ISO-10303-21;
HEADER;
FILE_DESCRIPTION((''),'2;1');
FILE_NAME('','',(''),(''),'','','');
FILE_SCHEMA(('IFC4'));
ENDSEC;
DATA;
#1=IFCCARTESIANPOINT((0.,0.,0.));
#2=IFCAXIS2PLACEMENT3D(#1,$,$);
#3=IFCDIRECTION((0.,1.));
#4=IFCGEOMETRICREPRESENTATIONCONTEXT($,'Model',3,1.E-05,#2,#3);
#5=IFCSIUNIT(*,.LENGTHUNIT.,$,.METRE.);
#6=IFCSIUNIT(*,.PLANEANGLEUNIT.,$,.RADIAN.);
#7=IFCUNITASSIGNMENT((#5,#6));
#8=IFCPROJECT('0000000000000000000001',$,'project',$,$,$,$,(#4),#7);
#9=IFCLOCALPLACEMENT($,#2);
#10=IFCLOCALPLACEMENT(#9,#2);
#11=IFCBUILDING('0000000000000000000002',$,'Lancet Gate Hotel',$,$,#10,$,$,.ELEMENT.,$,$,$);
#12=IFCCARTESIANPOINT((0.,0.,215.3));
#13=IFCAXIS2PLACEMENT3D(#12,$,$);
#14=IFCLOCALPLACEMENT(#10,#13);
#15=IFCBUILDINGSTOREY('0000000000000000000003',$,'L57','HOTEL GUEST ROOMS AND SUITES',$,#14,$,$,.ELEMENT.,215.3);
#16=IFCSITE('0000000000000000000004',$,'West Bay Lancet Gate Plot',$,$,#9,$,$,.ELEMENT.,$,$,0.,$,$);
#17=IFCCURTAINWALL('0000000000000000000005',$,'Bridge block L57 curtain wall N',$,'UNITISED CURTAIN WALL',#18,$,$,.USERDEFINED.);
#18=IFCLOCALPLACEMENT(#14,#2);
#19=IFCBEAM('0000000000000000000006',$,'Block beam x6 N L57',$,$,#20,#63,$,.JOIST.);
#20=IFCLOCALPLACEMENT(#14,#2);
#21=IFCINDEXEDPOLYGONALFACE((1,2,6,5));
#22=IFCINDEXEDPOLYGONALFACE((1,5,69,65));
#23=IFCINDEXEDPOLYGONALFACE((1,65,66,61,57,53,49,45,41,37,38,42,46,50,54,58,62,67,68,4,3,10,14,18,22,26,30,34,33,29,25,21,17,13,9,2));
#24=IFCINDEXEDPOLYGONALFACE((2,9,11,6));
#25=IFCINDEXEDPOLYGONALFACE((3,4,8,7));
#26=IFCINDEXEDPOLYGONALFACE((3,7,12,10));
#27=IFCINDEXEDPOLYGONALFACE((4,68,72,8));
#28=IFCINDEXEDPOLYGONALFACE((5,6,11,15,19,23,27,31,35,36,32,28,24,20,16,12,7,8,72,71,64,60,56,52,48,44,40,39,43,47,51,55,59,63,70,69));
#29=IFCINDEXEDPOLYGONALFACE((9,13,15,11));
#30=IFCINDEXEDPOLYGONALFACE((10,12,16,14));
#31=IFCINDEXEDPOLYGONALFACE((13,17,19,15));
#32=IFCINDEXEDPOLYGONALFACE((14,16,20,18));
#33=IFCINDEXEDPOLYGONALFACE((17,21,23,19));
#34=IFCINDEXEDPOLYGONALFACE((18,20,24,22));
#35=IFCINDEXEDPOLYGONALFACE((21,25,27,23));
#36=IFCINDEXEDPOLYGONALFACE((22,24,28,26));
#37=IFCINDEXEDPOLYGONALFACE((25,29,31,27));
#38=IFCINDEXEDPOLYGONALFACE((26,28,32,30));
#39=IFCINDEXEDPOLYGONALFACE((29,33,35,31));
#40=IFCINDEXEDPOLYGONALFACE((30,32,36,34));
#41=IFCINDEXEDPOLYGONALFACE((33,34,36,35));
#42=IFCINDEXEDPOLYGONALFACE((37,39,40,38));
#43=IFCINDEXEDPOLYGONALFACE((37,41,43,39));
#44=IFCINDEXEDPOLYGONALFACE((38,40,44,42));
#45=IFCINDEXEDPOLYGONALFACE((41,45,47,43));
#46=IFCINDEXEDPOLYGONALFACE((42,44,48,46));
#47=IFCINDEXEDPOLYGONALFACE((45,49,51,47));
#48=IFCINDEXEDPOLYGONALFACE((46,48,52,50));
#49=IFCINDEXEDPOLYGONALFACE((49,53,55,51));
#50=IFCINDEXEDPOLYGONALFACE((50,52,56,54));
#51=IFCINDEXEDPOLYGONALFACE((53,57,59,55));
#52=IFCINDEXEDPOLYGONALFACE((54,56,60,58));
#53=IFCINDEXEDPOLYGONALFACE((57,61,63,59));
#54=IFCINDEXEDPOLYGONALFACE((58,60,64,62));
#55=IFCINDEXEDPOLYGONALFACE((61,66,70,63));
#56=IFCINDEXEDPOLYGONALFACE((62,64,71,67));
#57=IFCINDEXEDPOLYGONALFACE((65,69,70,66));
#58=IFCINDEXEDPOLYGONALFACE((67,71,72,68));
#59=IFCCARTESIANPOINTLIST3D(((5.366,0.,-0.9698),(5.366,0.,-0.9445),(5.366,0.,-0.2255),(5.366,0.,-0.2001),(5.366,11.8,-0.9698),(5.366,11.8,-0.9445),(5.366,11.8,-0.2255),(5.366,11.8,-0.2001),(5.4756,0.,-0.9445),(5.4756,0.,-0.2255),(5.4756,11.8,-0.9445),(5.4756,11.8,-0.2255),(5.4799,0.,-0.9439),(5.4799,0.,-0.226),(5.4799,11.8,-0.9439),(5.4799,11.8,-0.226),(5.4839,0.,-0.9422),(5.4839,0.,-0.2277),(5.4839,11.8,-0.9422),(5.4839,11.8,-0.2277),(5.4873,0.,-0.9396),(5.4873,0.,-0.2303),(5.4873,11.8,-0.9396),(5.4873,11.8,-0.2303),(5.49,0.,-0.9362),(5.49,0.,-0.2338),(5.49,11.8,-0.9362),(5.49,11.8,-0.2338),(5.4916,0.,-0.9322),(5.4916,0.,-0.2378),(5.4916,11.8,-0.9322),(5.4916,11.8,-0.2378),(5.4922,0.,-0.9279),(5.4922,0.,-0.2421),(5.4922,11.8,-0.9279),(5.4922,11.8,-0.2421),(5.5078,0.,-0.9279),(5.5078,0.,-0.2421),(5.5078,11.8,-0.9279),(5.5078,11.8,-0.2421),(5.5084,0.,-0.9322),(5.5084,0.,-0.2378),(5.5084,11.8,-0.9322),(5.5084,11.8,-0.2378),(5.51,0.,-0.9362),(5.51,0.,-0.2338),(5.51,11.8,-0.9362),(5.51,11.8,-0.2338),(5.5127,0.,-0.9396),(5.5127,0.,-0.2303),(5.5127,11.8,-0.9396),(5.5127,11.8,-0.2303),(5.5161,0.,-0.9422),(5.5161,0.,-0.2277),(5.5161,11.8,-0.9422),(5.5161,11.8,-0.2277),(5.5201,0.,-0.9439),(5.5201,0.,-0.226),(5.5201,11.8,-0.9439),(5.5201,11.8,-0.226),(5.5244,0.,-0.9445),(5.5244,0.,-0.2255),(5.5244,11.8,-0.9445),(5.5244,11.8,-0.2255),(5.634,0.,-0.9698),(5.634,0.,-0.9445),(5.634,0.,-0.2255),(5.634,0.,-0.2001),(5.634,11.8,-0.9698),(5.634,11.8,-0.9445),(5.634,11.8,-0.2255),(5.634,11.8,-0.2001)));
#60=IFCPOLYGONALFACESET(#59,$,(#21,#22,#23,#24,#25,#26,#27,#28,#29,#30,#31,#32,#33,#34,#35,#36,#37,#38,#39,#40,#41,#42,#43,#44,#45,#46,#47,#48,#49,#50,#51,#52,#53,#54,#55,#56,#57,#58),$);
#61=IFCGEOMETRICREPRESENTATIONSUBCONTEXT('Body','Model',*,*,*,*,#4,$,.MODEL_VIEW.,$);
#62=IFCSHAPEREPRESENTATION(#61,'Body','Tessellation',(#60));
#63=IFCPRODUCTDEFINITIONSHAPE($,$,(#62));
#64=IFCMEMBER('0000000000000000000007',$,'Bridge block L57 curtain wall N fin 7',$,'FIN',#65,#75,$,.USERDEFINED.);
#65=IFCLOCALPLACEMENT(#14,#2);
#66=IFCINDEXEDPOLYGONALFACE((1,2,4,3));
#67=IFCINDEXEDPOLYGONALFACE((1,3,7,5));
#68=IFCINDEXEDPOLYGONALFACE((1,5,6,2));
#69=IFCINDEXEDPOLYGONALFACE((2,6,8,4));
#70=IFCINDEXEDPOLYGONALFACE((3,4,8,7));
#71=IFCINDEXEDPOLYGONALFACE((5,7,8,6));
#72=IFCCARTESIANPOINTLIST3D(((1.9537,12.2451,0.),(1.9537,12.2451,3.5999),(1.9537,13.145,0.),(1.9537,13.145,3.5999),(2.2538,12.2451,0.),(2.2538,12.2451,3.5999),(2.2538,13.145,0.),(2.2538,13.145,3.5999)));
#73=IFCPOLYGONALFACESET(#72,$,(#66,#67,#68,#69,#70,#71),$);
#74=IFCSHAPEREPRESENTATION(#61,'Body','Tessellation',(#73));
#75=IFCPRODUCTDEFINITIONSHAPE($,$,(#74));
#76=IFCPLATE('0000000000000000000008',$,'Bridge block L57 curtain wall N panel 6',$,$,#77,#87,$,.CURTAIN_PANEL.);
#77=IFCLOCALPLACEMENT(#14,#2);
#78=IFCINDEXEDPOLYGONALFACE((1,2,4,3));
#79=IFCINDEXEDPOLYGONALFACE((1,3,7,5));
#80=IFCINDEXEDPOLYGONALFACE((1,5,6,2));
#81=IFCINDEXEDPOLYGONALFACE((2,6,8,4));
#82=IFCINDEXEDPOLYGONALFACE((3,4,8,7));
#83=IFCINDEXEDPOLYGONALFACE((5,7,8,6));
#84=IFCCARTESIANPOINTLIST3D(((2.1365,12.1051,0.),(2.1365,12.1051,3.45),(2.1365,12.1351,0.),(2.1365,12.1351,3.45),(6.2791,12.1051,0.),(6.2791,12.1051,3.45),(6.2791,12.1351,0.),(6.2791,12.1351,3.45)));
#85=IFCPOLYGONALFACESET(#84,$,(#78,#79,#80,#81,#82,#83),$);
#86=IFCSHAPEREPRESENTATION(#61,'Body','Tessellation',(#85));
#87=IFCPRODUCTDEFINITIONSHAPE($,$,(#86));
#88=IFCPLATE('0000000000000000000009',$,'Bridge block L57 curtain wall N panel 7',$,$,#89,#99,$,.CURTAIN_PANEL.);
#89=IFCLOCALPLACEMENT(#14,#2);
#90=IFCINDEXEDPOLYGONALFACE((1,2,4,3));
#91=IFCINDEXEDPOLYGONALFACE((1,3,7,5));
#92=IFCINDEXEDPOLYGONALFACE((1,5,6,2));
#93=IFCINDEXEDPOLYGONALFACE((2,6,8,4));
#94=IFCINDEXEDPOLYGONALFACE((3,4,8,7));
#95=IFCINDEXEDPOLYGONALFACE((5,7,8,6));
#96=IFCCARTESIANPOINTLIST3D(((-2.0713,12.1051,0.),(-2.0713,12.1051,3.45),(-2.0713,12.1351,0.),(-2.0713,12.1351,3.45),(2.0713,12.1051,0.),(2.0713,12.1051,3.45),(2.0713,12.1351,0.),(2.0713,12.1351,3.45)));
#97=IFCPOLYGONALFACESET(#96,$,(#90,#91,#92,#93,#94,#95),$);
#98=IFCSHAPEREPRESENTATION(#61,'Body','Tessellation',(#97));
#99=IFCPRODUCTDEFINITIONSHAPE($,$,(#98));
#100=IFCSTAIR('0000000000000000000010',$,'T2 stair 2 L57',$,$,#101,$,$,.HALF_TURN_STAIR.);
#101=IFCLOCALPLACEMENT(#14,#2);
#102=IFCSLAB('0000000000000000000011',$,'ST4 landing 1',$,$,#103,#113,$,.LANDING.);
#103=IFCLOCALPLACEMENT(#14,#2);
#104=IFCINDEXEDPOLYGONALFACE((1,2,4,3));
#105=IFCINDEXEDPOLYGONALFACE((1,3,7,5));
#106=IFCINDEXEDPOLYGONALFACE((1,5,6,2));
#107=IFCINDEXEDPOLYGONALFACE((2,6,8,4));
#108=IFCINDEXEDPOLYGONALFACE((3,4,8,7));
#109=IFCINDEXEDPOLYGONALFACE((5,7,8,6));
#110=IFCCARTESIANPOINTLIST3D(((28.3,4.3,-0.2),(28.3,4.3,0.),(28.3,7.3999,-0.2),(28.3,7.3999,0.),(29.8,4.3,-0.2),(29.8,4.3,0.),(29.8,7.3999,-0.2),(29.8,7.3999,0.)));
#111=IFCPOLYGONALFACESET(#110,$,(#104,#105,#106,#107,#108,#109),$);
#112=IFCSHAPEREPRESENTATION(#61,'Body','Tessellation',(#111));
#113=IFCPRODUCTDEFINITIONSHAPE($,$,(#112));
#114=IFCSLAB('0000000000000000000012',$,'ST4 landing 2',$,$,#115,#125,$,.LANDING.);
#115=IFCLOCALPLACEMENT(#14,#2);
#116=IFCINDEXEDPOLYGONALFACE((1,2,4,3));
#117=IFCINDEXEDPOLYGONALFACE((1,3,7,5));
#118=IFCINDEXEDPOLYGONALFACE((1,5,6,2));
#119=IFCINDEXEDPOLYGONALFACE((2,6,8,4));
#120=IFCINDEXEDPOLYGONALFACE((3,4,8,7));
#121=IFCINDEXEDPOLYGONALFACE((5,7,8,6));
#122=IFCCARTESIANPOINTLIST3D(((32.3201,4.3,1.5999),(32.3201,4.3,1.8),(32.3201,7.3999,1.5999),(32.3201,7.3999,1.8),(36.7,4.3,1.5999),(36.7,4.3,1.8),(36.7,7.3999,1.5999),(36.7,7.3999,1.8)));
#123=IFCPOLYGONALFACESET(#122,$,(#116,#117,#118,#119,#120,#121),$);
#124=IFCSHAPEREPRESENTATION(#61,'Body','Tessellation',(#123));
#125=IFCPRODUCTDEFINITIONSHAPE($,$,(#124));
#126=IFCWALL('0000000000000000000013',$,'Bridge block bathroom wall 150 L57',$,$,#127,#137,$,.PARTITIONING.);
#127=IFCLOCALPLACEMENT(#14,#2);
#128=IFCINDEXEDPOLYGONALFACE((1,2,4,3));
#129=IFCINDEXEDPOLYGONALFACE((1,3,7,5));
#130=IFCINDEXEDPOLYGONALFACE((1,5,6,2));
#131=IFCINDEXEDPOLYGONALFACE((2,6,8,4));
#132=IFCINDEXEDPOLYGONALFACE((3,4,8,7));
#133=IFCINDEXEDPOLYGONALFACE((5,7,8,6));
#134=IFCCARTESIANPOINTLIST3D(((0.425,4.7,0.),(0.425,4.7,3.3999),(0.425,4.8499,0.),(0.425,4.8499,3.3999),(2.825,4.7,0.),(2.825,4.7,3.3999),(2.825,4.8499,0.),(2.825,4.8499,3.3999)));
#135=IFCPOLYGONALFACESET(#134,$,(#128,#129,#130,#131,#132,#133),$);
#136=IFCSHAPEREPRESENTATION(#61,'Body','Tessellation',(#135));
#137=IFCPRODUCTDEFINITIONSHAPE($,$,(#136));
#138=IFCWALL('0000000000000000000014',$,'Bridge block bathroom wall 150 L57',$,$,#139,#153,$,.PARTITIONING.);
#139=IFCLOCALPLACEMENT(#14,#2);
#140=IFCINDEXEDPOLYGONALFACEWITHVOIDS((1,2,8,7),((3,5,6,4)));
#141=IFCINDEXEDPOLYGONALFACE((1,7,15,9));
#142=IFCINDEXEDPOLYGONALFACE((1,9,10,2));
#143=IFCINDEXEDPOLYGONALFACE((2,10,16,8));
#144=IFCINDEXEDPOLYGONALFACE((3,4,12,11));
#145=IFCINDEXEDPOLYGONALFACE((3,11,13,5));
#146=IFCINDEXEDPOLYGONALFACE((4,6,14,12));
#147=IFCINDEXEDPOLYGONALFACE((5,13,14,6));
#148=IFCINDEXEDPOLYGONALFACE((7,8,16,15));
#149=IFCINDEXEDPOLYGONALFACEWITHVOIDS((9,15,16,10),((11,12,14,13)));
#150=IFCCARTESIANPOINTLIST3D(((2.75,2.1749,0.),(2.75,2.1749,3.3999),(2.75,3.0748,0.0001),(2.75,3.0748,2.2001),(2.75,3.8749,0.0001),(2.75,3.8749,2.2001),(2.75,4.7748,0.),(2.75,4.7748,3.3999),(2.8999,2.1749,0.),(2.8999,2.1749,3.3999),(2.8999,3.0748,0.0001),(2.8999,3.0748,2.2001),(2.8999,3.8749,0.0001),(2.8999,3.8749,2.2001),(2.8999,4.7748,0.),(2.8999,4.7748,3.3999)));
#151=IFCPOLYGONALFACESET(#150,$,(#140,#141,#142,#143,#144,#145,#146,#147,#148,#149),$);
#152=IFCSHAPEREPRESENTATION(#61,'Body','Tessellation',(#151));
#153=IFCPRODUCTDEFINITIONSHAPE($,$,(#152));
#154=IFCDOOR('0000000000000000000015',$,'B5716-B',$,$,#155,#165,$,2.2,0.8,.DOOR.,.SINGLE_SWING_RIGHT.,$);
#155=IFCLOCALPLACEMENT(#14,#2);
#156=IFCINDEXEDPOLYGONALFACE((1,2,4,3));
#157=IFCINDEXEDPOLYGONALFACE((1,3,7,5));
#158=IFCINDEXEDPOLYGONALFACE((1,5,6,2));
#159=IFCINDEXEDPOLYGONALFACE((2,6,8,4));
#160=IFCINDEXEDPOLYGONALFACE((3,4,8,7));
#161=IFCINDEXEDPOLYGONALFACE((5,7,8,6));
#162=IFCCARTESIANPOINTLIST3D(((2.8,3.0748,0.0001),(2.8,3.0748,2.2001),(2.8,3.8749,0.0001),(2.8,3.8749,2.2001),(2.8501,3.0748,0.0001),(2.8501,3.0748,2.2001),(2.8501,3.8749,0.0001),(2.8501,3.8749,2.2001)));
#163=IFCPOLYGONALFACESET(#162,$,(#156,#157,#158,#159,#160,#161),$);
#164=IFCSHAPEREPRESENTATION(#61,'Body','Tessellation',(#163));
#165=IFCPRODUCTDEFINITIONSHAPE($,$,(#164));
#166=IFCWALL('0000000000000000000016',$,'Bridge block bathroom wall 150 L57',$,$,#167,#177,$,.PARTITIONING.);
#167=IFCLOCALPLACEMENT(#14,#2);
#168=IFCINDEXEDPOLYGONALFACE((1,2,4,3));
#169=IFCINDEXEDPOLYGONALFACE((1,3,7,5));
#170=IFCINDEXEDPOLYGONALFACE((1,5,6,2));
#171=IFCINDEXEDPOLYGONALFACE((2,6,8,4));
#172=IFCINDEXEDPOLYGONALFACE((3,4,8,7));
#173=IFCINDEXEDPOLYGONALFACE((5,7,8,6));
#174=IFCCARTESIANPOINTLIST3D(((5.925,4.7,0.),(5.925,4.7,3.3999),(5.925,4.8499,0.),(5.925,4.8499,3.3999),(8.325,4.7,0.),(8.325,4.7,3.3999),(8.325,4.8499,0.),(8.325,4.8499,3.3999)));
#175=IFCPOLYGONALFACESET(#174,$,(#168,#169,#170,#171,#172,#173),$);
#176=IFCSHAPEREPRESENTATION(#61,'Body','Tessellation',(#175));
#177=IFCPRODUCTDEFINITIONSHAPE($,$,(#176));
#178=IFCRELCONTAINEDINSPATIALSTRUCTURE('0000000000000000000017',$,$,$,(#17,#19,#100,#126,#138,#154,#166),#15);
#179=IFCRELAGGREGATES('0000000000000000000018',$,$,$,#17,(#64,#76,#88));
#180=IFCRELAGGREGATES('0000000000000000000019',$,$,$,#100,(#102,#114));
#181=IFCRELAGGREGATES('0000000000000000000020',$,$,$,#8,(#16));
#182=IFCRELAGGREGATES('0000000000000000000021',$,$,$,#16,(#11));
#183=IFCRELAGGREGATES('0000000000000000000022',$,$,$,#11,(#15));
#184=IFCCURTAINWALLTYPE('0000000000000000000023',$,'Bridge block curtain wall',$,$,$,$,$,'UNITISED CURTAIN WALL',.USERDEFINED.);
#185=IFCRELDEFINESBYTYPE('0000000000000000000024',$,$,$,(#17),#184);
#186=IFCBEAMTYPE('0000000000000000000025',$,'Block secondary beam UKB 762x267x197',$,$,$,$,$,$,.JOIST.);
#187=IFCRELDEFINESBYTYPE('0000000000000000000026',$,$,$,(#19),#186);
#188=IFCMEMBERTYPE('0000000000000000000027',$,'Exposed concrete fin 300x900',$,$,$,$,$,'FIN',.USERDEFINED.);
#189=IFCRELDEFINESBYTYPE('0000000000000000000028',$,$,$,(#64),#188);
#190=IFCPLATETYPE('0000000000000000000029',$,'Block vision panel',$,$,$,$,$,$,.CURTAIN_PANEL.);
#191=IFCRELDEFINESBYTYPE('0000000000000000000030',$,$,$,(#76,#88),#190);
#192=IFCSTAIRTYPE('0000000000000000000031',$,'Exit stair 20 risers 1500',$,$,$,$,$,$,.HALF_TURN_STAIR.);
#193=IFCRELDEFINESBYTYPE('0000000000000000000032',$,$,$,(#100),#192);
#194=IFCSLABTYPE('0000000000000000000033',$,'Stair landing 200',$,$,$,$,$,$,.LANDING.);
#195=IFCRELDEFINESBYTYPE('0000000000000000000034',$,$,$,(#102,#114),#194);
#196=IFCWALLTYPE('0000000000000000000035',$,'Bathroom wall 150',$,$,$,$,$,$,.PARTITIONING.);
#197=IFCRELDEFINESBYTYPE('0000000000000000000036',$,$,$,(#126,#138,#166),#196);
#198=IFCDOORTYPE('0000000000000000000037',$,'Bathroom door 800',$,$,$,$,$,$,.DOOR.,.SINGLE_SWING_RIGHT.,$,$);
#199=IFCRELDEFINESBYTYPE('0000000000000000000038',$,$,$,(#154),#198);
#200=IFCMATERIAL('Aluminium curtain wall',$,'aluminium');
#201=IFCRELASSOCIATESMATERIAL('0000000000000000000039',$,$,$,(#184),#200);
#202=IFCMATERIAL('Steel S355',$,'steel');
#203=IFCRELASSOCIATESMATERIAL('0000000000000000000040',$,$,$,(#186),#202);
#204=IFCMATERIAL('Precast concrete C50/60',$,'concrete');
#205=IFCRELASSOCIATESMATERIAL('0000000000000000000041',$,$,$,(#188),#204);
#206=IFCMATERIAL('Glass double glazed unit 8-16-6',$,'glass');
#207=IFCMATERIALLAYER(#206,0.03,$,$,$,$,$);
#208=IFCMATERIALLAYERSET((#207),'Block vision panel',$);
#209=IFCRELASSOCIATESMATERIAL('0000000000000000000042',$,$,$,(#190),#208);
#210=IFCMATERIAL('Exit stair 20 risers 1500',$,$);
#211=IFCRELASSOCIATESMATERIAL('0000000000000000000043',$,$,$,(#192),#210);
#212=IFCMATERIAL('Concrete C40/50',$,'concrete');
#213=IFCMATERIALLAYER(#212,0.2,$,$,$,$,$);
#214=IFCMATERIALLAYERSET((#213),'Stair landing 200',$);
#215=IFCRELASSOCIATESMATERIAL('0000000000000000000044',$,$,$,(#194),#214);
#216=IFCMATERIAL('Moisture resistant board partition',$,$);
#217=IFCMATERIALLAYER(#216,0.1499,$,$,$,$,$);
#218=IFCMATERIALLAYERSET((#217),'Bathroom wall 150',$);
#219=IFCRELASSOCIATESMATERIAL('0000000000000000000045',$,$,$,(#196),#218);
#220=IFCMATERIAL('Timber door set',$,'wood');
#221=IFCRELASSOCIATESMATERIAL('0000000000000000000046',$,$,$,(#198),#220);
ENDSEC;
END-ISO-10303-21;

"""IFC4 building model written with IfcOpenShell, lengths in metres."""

from ifc_helpers import new_model, si_unit, direction, frame, frame_2d, origin, origin_2d, place, context, subcontext, project, spatial, polyline, rectangle, i_section, outline, extrude, material, layer, layer_set, material_profile, profile_set, type_object, element, fill, aggregate, save


model = new_model("IFC4")

# Units and contexts
model_context = context("Model", 3, precision=1e-05, world=origin(), true_north=direction((0.0, 1.0)))
body_context = subcontext(model_context, "Body", "Model", "MODEL_VIEW")
ifc_project = project(units=[si_unit("LENGTHUNIT", "METRE"), si_unit("PLANEANGLEUNIT", "RADIAN")], contexts=[model_context])

# Site, building, storey
site_placement = place(None, origin())
site = spatial("IfcSite", under=ifc_project, at=site_placement, Name="West Bay Lancet Gate Plot", CompositionType="ELEMENT", RefElevation=0.0)
building_placement = place(site_placement, origin())
building = spatial("IfcBuilding", under=site, at=building_placement, Name="Lancet Gate Hotel", CompositionType="ELEMENT")
storey_placement = place(building_placement, frame((0.0, 0.0, 215.3)))
storey = spatial("IfcBuildingStorey", under=building, at=storey_placement, Name="L57", Description="HOTEL GUEST ROOMS AND SUITES", CompositionType="ELEMENT", Elevation=215.3)

# Curtain wall
ifc_material_1 = material(Name="Aluminium curtain wall", Category="aluminium")
curtain_wall_type = type_object("IfcCurtainWallType", Name="Bridge block curtain wall", ElementType="UNITISED CURTAIN WALL", PredefinedType="USERDEFINED", material=ifc_material_1)
curtain_wall_placement = place(storey_placement, origin())
curtain_wall = element("IfcCurtainWall", 1, at=curtain_wall_placement, inside=storey, type_object=curtain_wall_type, Name="Bridge block L57 curtain wall N", ObjectType="UNITISED CURTAIN WALL", PredefinedType="USERDEFINED")

# Beam
ifc_material_2 = material(Name="Steel S355", Category="steel")
ifc_material_profile_1 = material_profile(ifc_material_2, i_section(OverallWidth=0.2681, OverallDepth=0.7698, WebThickness=0.0156, FlangeThickness=0.0254, FilletRadius=0.0166, at=origin_2d()), Name="UKB 762x267x197")
ifc_profile_set_1 = profile_set([ifc_material_profile_1], Name="Steel S355")
beam_type_1 = type_object("IfcBeamType", Name="Block secondary beam UKB 762x267x197", PredefinedType="JOIST", material=ifc_profile_set_1)
beam_1_placement = place(storey_placement, frame((5.5, 0.0, -0.585), z_axis=(0.0, 1.0, 0.0), x_axis=(-1.0, 0.0, 0.0)))
element("IfcBeam", 2, at=beam_1_placement, inside=storey, type_object=beam_type_1, Name="Block beam x6 N L57", PredefinedType="JOIST", context=body_context, shape_type="SweptSolid", body=[
    extrude(i_section(OverallWidth=0.2681, OverallDepth=0.7698, WebThickness=0.0156, FlangeThickness=0.0254, FilletRadius=0.0166, at=origin_2d()), origin(), (0.0, 0.0, 1.0), 11.8),
])

# Member
ifc_material_3 = material(Name="Precast concrete C50/60", Category="concrete")
ifc_material_profile_2 = material_profile(ifc_material_3, rectangle(XDim=0.3, YDim=0.8999, at=origin_2d()), Name="FIN 300x900")
ifc_profile_set_2 = profile_set([ifc_material_profile_2], Name="Precast concrete C50/60")
member_type_1 = type_object("IfcMemberType", Name="Exposed concrete fin 300x900", ElementType="FIN", PredefinedType="USERDEFINED", material=ifc_profile_set_2)
member_1_placement = place(storey_placement, frame((2.1038, 12.6951, 0.0), z_axis=(0.0, 0.0, 1.0), x_axis=(-1.0, 0.0, 0.0)))
member_1 = element("IfcMember", 3, at=member_1_placement, type_object=member_type_1, Name="Bridge block L57 curtain wall N fin 7", ObjectType="FIN", PredefinedType="USERDEFINED", context=body_context, shape_type="SweptSolid", body=[
    extrude(rectangle(XDim=0.3, YDim=0.8999, at=origin_2d()), origin(), (0.0, 0.0, 1.0), 3.5999),
])

# Plates
ifc_material_4 = material(Name="Glass double glazed unit 8-16-6", Category="glass")
ifc_layer_1 = layer(ifc_material_4, 0.03)
ifc_layer_set_1 = layer_set([ifc_layer_1], Name="Block vision panel")
plate_type = type_object("IfcPlateType", Name="Block vision panel", PredefinedType="CURTAIN_PANEL", material=ifc_layer_set_1)
plate_1_placement = place(storey_placement, frame((4.2078, 12.1201, 0.0), z_axis=(0.0, 0.0, 1.0), x_axis=(-1.0, 0.0, 0.0)))
plate_1 = element("IfcPlate", 4, at=plate_1_placement, type_object=plate_type, Name="Bridge block L57 curtain wall N panel 6", PredefinedType="CURTAIN_PANEL", context=body_context, shape_type="SweptSolid", body=[
    extrude(rectangle(XDim=4.1426, YDim=0.03, at=origin_2d()), origin(), (0.0, 0.0, 1.0), 3.45),
])
plate_2_placement = place(storey_placement, frame((0.0, 12.1201, 0.0), z_axis=(0.0, 0.0, 1.0), x_axis=(-1.0, 0.0, 0.0)))
plate_2 = element("IfcPlate", 5, at=plate_2_placement, type_object=plate_type, Name="Bridge block L57 curtain wall N panel 7", PredefinedType="CURTAIN_PANEL", context=body_context, shape_type="SweptSolid", body=[
    extrude(rectangle(XDim=4.1426, YDim=0.03, at=origin_2d()), origin(), (0.0, 0.0, 1.0), 3.45),
])
aggregate(curtain_wall, [member_1, plate_1, plate_2])

# Stair, slabs
ifc_material_5 = material(Name="Exit stair 20 risers 1500")
stair_type = type_object("IfcStairType", Name="Exit stair 20 risers 1500", PredefinedType="HALF_TURN_STAIR", material=ifc_material_5)
stair_placement = place(storey_placement, origin())
stair = element("IfcStair", 6, at=stair_placement, inside=storey, type_object=stair_type, Name="T2 stair 2 L57", PredefinedType="HALF_TURN_STAIR")
ifc_material_6 = material(Name="Concrete C40/50", Category="concrete")
ifc_layer_2 = layer(ifc_material_6, 0.2)
ifc_layer_set_2 = layer_set([ifc_layer_2], Name="Stair landing 200")
slab_type = type_object("IfcSlabType", Name="Stair landing 200", PredefinedType="LANDING", material=ifc_layer_set_2)
slab_1_placement = place(storey_placement, frame((0.0, 0.0, -0.2)))
slab_1 = element("IfcSlab", 7, at=slab_1_placement, type_object=slab_type, Name="ST4 landing 1", PredefinedType="LANDING", context=body_context, shape_type="SweptSolid", body=[
    extrude(outline(polyline([(28.3, 4.3), (29.8, 4.3), (29.8, 7.3999), (28.3, 7.3999), (28.3, 4.3)])), origin(), (0.0, 0.0, 1.0), 0.2),
])
slab_2_placement = place(storey_placement, frame((0.0, 0.0, 1.5999)))
slab_2 = element("IfcSlab", 8, at=slab_2_placement, type_object=slab_type, Name="ST4 landing 2", PredefinedType="LANDING", context=body_context, shape_type="SweptSolid", body=[
    extrude(outline(polyline([(32.3201, 4.3), (36.7, 4.3), (36.7, 7.3999), (32.3201, 7.3999), (32.3201, 4.3)])), origin(), (0.0, 0.0, 1.0), 0.2002),
])
aggregate(stair, [slab_1, slab_2])

# Wall
ifc_material_7 = material(Name="Moisture resistant board partition")
ifc_layer_3 = layer(ifc_material_7, 0.1499)
ifc_layer_set_3 = layer_set([ifc_layer_3], Name="Bathroom wall 150")
wall_type_1 = type_object("IfcWallType", Name="Bathroom wall 150", PredefinedType="PARTITIONING", material=ifc_layer_set_3)
wall_1_placement = place(storey_placement, frame((0.425, 4.7749, 0.0), z_axis=(0.0, 0.0, 1.0), x_axis=(1.0, 0.0, 0.0)))
element("IfcWall", 9, at=wall_1_placement, inside=storey, type_object=wall_type_1, Name="Bridge block bathroom wall 150 L57", PredefinedType="PARTITIONING", context=body_context, shape_type="SweptSolid", body=[
    extrude(rectangle(XDim=2.3999, YDim=0.1499, at=frame_2d((1.2, 0.0))), origin(), (0.0, 0.0, 1.0), 3.3999),
])

# Wall, opening, door
wall_2_placement = place(storey_placement, frame((2.825, 2.175, 0.0), z_axis=(0.0, 0.0, 1.0), x_axis=(0.0, 1.0, 0.0)))
wall_2 = element("IfcWall", 10, at=wall_2_placement, inside=storey, type_object=wall_type_1, Name="Bridge block bathroom wall 150 L57", PredefinedType="PARTITIONING", context=body_context, shape_type="SweptSolid", body=[
    extrude(rectangle(XDim=2.5999, YDim=0.1499, at=frame_2d((1.2998, 0.0))), origin(), (0.0, 0.0, 1.0), 3.3999),
])
opening_1_placement = place(wall_2_placement, frame((0.8999, 0.0, 0.0)))
opening_1 = element("IfcOpeningElement", 11, at=opening_1_placement, cuts=wall_2, PredefinedType="OPENING", context=body_context, shape_type="SweptSolid", body=[
    extrude(rectangle(XDim=0.8, YDim=2.2, at=frame_2d((0.3999, 1.1001))), frame((0.0, 0.085, 0.0), z_axis=(0.0, -1.0, 0.0), x_axis=(1.0, 0.0, 0.0)), (0.0, 0.0, 1.0), 0.1699),
])
ifc_material_8 = material(Name="Timber door set", Category="wood")
door_type_1 = type_object("IfcDoorType", Name="Bathroom door 800", OperationType="SINGLE_SWING_RIGHT", PredefinedType="DOOR", material=ifc_material_8)
door_1_placement = place(opening_1_placement, origin())
door_1 = element("IfcDoor", 12, at=door_1_placement, inside=storey, type_object=door_type_1, Name="B5716-B", OperationType="SINGLE_SWING_RIGHT", OverallHeight=2.2, OverallWidth=0.8, PredefinedType="DOOR", context=body_context, shape_type="SweptSolid", body=[
    extrude(rectangle(XDim=0.8, YDim=2.2, at=frame_2d((0.3999, 1.1001))), frame((0.0, 0.0249, 0.0), z_axis=(0.0, -1.0, 0.0), x_axis=(1.0, 0.0, 0.0)), (0.0, 0.0, 1.0), 0.05),
])
fill(opening_1, door_1)

# Wall
wall_3_placement = place(storey_placement, frame((5.925, 4.7749, 0.0), z_axis=(0.0, 0.0, 1.0), x_axis=(1.0, 0.0, 0.0)))
element("IfcWall", 13, at=wall_3_placement, inside=storey, type_object=wall_type_1, Name="Bridge block bathroom wall 150 L57", PredefinedType="PARTITIONING", context=body_context, shape_type="SweptSolid", body=[
    extrude(rectangle(XDim=2.3999, YDim=0.1499, at=frame_2d((1.2, 0.0))), origin(), (0.0, 0.0, 1.0), 3.3999),
])

save(model, "model.ifc")
